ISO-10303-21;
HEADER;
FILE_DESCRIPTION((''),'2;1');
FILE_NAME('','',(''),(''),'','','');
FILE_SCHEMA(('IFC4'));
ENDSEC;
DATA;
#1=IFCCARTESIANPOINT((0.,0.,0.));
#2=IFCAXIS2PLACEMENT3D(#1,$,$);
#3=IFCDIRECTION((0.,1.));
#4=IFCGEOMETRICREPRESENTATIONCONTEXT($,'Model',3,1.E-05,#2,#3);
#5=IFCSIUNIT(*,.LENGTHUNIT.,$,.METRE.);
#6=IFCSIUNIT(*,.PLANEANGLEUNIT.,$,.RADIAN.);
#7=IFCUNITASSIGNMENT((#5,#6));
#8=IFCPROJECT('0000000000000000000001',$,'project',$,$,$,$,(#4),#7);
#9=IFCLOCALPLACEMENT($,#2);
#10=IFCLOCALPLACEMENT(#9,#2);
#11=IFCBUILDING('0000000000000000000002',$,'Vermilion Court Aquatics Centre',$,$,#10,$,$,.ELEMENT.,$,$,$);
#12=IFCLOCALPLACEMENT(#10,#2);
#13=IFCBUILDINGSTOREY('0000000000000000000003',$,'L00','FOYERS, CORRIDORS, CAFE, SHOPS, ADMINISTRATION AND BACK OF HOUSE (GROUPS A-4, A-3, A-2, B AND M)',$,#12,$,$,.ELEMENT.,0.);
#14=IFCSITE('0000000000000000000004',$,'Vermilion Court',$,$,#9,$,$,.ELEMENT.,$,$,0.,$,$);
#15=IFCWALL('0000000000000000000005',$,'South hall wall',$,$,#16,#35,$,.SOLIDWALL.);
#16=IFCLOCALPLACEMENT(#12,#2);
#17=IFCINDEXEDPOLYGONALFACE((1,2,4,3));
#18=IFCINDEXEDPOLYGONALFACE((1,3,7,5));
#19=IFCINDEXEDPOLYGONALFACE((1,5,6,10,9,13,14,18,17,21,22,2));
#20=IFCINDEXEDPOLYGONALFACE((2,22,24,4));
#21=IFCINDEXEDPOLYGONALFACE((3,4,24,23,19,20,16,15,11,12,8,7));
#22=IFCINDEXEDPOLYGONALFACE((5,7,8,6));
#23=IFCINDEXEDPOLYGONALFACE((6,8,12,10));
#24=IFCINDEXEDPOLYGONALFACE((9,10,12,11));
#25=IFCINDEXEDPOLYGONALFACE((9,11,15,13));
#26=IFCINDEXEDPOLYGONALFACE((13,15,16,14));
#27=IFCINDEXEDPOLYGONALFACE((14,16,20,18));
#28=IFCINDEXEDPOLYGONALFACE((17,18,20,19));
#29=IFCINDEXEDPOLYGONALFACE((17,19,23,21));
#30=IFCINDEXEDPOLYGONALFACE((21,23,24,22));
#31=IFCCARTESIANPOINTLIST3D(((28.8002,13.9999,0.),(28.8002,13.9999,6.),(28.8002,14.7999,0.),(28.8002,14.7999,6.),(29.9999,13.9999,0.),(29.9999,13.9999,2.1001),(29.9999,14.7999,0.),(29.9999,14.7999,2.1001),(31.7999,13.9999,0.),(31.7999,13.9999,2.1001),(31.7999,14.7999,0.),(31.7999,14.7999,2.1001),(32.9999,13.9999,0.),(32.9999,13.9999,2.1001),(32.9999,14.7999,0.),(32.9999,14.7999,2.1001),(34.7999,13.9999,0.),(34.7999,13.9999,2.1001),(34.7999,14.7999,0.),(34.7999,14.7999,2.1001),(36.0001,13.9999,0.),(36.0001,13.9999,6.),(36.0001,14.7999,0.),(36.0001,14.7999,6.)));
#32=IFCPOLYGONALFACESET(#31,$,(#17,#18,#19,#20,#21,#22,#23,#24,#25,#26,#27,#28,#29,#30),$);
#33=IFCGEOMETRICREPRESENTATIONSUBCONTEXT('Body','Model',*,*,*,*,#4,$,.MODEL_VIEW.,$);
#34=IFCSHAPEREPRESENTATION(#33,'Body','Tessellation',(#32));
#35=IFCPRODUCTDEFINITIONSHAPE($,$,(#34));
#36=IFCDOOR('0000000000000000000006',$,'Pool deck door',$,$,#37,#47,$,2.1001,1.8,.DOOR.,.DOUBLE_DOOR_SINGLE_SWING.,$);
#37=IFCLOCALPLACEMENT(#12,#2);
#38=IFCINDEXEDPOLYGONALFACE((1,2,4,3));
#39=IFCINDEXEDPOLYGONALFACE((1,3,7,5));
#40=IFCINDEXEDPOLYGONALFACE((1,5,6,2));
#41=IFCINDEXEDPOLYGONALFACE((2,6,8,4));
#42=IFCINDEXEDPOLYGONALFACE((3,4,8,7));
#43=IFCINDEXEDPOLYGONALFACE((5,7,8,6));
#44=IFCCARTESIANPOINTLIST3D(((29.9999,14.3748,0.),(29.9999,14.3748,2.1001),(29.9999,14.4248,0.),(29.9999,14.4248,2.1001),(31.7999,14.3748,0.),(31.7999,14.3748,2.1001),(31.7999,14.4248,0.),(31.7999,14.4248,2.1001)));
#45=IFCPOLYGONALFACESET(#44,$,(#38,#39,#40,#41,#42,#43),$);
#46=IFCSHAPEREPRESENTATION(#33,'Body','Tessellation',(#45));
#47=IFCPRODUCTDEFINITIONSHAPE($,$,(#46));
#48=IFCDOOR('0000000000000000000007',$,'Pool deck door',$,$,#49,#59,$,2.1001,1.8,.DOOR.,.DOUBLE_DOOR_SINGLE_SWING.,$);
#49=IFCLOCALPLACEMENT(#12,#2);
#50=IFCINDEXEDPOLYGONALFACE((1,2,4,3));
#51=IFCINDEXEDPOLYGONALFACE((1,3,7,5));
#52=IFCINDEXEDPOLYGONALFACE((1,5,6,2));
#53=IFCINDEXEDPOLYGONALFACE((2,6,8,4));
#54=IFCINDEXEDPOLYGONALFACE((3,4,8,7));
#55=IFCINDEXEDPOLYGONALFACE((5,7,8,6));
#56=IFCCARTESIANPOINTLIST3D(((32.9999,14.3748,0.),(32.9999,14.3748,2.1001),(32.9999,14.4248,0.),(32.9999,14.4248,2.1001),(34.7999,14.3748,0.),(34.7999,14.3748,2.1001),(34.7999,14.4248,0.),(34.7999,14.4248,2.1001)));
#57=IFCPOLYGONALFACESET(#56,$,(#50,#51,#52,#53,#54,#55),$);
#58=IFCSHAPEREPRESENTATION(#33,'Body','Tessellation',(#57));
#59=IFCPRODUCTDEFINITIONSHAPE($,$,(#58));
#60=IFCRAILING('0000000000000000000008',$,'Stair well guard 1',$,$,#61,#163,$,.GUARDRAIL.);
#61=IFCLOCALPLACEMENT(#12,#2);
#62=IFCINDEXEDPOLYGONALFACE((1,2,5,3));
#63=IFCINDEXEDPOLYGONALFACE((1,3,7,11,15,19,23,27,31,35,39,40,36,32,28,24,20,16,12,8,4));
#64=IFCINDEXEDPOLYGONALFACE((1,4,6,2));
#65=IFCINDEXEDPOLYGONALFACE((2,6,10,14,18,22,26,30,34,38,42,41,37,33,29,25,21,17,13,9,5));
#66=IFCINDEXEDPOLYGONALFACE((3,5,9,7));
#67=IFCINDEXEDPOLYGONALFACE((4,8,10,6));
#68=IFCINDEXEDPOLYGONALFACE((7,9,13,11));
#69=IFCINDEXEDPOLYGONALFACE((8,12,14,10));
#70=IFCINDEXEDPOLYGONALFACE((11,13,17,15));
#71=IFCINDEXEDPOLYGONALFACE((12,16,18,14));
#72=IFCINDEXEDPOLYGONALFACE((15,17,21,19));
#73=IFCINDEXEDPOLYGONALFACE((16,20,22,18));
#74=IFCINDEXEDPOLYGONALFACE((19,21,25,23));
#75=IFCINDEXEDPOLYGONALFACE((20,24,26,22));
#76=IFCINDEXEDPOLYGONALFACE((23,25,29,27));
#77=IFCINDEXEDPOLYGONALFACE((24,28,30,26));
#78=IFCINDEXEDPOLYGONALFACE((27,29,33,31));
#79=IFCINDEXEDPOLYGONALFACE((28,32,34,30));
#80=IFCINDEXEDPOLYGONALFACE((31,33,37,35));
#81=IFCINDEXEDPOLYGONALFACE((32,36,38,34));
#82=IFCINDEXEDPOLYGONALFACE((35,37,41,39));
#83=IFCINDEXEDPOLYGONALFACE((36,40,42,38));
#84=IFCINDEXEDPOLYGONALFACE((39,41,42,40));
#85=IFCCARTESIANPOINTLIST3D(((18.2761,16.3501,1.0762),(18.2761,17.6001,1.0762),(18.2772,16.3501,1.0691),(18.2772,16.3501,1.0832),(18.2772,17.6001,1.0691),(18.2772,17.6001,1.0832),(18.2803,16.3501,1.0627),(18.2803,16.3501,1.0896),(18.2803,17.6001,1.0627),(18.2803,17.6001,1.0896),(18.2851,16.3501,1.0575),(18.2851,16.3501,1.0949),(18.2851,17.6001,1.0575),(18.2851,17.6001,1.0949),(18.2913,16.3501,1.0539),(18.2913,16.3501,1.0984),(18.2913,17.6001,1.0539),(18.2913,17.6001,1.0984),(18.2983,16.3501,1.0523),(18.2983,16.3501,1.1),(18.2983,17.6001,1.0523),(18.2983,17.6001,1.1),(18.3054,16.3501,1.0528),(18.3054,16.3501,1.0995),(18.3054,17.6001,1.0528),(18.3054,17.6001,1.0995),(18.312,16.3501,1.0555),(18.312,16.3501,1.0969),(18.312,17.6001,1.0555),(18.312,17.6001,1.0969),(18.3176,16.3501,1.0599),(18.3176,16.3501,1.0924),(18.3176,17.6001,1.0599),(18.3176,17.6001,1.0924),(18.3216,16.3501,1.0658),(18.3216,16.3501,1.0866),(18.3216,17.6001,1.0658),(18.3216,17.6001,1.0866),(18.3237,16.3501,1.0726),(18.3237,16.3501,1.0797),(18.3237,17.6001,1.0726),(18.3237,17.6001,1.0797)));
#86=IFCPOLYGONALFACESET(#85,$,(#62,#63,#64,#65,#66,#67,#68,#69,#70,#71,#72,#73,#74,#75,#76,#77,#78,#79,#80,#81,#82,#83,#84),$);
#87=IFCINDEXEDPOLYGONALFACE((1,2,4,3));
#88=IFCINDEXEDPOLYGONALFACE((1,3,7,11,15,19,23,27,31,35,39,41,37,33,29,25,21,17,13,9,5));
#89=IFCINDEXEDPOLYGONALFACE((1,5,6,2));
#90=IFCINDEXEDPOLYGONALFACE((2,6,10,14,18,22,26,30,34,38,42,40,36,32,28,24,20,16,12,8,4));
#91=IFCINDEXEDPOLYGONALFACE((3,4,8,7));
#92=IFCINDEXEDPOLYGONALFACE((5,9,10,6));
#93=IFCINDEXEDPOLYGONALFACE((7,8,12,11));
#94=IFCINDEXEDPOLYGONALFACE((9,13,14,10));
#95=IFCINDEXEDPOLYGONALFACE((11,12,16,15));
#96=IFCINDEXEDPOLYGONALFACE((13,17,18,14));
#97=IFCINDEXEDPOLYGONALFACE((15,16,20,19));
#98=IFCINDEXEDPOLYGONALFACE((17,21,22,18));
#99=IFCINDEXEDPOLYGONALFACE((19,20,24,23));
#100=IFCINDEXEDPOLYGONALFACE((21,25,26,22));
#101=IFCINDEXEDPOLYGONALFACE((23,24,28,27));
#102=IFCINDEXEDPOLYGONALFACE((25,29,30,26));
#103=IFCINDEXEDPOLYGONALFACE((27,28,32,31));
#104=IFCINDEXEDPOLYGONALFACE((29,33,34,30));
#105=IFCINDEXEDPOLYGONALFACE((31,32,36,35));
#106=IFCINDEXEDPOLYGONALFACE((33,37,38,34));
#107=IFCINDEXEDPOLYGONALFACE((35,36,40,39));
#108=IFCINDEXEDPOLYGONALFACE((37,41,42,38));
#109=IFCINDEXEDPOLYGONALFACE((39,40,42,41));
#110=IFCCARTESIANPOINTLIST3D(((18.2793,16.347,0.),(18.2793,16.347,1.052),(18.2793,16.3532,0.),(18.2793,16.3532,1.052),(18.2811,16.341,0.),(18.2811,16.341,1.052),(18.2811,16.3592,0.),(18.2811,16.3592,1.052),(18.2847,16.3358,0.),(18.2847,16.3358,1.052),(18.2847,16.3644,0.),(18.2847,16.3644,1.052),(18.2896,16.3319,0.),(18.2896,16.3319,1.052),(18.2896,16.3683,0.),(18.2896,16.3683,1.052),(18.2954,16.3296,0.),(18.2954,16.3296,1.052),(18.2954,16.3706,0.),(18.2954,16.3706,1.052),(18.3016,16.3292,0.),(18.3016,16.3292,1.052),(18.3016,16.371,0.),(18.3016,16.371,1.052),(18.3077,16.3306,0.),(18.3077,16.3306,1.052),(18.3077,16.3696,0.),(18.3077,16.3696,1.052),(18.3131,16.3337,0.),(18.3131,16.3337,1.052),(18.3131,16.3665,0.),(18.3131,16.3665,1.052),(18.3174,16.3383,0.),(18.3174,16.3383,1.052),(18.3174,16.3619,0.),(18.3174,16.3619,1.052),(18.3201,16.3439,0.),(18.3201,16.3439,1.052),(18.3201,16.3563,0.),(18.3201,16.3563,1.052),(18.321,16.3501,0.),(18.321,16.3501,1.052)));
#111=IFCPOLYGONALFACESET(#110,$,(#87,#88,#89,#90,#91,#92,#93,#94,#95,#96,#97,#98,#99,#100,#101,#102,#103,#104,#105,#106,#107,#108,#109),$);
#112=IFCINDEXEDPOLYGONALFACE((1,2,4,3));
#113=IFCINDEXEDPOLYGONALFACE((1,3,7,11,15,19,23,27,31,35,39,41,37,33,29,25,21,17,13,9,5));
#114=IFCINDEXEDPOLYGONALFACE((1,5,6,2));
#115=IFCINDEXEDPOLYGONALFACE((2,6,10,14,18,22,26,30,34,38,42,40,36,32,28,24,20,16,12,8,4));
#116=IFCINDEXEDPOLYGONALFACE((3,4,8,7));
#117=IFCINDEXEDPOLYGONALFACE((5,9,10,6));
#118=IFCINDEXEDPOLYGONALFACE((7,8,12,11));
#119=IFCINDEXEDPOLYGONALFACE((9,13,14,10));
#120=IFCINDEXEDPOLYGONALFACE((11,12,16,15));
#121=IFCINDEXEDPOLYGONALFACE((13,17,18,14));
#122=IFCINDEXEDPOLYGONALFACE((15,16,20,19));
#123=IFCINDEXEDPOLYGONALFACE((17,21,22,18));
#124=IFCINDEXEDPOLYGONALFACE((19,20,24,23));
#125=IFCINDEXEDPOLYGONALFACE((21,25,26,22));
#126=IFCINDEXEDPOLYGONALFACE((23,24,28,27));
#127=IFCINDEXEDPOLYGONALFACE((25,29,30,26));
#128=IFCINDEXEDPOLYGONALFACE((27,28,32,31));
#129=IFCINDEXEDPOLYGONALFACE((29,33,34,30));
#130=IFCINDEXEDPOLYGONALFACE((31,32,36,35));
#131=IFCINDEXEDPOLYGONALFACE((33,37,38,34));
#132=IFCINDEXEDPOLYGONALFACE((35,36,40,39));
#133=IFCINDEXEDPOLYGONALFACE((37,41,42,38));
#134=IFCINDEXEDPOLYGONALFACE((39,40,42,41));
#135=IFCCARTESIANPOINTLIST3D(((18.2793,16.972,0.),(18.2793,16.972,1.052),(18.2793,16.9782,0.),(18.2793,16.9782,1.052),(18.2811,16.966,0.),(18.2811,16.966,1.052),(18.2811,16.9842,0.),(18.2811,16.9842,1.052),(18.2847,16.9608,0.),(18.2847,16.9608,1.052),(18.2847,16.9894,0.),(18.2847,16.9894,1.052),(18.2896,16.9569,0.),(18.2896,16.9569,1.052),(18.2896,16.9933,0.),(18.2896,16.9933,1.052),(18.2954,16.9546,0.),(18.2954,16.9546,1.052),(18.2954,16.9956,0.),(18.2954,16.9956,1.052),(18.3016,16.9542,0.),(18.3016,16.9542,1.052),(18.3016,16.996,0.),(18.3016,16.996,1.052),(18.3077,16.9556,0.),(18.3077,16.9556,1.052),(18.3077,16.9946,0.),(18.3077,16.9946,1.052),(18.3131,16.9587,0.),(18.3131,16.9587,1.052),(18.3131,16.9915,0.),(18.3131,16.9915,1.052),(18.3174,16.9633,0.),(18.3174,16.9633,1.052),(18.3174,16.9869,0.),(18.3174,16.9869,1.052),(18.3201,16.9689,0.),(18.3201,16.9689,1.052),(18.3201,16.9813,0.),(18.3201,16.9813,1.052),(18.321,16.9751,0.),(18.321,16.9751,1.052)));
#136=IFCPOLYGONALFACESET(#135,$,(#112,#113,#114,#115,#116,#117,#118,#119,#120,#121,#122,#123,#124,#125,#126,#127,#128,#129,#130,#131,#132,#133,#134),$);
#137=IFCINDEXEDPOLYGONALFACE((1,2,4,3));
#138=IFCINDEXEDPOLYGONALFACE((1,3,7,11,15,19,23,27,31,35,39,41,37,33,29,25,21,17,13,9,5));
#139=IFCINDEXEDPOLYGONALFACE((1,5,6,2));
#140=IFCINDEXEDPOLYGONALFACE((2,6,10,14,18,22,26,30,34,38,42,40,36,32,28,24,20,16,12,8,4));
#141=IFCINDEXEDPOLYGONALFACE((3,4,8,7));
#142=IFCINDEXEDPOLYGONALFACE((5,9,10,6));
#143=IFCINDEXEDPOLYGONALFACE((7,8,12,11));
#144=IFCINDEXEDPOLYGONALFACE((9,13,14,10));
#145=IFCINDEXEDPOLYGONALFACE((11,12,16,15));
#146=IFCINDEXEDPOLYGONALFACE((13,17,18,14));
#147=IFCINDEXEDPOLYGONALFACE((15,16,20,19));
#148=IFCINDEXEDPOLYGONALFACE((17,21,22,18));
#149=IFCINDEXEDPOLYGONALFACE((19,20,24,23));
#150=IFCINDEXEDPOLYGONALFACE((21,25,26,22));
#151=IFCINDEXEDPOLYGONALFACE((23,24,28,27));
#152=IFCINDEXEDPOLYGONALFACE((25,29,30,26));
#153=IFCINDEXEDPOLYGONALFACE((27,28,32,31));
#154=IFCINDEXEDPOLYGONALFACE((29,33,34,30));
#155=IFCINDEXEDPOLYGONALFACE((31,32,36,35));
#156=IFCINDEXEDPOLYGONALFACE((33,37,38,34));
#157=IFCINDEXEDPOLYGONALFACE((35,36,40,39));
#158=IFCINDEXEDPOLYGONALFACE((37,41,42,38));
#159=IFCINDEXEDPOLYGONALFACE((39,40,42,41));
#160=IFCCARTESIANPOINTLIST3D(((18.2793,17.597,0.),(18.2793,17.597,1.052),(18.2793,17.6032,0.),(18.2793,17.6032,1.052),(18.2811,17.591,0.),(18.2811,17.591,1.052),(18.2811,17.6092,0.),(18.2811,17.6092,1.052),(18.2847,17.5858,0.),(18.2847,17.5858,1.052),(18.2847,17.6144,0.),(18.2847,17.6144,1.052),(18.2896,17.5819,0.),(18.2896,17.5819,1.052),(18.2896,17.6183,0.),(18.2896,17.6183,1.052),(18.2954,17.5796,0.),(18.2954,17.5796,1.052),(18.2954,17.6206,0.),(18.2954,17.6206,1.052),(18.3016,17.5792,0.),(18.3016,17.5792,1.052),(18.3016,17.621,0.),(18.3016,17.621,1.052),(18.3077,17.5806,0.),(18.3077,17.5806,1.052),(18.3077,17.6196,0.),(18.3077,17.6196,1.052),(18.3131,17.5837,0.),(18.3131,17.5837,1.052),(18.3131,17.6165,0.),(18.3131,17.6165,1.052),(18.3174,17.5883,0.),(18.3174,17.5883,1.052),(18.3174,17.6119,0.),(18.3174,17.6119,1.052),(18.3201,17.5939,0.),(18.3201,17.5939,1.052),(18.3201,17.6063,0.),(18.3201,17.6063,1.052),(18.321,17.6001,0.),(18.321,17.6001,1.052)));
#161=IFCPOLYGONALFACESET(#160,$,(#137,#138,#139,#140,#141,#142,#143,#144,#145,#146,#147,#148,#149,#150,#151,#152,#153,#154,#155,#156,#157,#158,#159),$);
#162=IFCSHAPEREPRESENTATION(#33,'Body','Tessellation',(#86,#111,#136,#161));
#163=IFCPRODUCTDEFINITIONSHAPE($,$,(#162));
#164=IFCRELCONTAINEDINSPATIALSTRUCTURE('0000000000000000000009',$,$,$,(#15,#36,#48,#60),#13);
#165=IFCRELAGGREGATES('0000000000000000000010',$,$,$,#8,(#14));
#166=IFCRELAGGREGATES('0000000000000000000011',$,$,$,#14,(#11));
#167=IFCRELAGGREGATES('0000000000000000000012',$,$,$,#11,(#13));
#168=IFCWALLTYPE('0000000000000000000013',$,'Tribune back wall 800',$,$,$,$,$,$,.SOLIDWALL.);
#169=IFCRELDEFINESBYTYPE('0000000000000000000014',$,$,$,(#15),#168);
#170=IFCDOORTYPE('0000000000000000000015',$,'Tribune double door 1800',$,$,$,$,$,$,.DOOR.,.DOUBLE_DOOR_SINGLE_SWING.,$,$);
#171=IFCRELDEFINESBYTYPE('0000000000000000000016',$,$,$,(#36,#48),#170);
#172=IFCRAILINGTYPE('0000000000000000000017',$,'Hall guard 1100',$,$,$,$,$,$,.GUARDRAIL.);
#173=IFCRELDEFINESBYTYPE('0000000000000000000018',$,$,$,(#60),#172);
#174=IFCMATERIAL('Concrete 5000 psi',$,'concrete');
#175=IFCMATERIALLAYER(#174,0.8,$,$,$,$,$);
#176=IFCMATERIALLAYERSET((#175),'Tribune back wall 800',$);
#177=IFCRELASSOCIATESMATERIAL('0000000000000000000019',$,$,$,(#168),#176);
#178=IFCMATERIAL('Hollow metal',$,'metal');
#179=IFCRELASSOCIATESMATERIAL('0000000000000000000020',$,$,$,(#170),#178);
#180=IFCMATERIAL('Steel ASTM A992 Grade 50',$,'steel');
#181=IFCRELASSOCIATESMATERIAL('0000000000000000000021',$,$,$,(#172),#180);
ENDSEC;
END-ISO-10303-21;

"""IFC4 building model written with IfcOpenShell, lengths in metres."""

from ifc_helpers import new_model, si_unit, direction, frame, frame_2d, origin, origin_2d, place, context, subcontext, project, spatial, rectangle, circle, extrude, material, layer, layer_set, type_object, element, fill, save


model = new_model("IFC4")

# Units and contexts
model_context = context("Model", 3, precision=1e-05, world=origin(), true_north=direction((0.0, 1.0)))
body_context = subcontext(model_context, "Body", "Model", "MODEL_VIEW")
ifc_project = project(units=[si_unit("LENGTHUNIT", "METRE"), si_unit("PLANEANGLEUNIT", "RADIAN")], contexts=[model_context])

# Site, building, storey
site_placement = place(None, origin())
site = spatial("IfcSite", under=ifc_project, at=site_placement, Name="Vermilion Court", CompositionType="ELEMENT", RefElevation=0.0)
building_placement = place(site_placement, origin())
building = spatial("IfcBuilding", under=site, at=building_placement, Name="Vermilion Court Aquatics Centre", CompositionType="ELEMENT")
storey_placement = place(building_placement, origin())
storey = spatial("IfcBuildingStorey", under=building, at=storey_placement, Name="L00", Description="FOYERS, CORRIDORS, CAFE, SHOPS, ADMINISTRATION AND BACK OF HOUSE (GROUPS A-4, A-3, A-2, B AND M)", CompositionType="ELEMENT", Elevation=0.0)

# Wall, openings, doors
ifc_material_1 = material(Name="Concrete 5000 psi", Category="concrete")
ifc_layer_1 = layer(ifc_material_1, 0.8)
ifc_layer_set_1 = layer_set([ifc_layer_1], Name="Tribune back wall 800")
wall_type_1 = type_object("IfcWallType", Name="Tribune back wall 800", PredefinedType="SOLIDWALL", material=ifc_layer_set_1)
ifc_material_2 = material(Name="Hollow metal", Category="metal")
door_type_1 = type_object("IfcDoorType", Name="Tribune double door 1800", OperationType="DOUBLE_DOOR_SINGLE_SWING", PredefinedType="DOOR", material=ifc_material_2)
wall_1_placement = place(storey_placement, frame((28.8, 14.3999, 0.0), z_axis=(0.0, 0.0, 1.0), x_axis=(1.0, 0.0, 0.0)))
wall_1 = element("IfcWall", 1, at=wall_1_placement, inside=storey, type_object=wall_type_1, Name="South hall wall", PredefinedType="SOLIDWALL", context=body_context, shape_type="SweptSolid", body=[
    extrude(rectangle(XDim=7.2, YDim=0.8, at=frame_2d((3.6001, 0.0))), origin(), (0.0, 0.0, 1.0), 6.0),
])
opening_1_placement = place(wall_1_placement, frame((1.2, 0.0, 0.0)))
opening_1 = element("IfcOpeningElement", 2, at=opening_1_placement, cuts=wall_1, PredefinedType="OPENING", context=body_context, shape_type="SweptSolid", body=[
    extrude(rectangle(XDim=1.8, YDim=2.1001, at=frame_2d((0.8999, 1.05))), frame((0.0, 0.4099, 0.0), z_axis=(0.0, -1.0, 0.0), x_axis=(1.0, 0.0, 0.0)), (0.0, 0.0, 1.0), 0.8201),
])
opening_2_placement = place(wall_1_placement, frame((4.2, 0.0, 0.0)))
opening_2 = element("IfcOpeningElement", 3, at=opening_2_placement, cuts=wall_1, PredefinedType="OPENING", context=body_context, shape_type="SweptSolid", body=[
    extrude(rectangle(XDim=1.8, YDim=2.1001, at=frame_2d((0.8999, 1.05))), frame((0.0, 0.4099, 0.0), z_axis=(0.0, -1.0, 0.0), x_axis=(1.0, 0.0, 0.0)), (0.0, 0.0, 1.0), 0.8201),
])
door_1_placement = place(opening_1_placement, frame((1.8, 0.0, 0.0), z_axis=(0.0, 0.0, 1.0), x_axis=(-1.0, 0.0, 0.0)))
door_1 = element("IfcDoor", 4, at=door_1_placement, inside=storey, type_object=door_type_1, Name="Pool deck door", OperationType="DOUBLE_DOOR_SINGLE_SWING", OverallHeight=2.1001, OverallWidth=1.8, PredefinedType="DOOR", context=body_context, shape_type="SweptSolid", body=[
    extrude(rectangle(XDim=1.8, YDim=2.1001, at=frame_2d((0.9001, 1.05))), frame((0.0, 0.0251, 0.0), z_axis=(0.0, -1.0, 0.0), x_axis=(1.0, 0.0, 0.0)), (0.0, 0.0, 1.0), 0.05),
])
fill(opening_1, door_1)
door_2_placement = place(opening_2_placement, frame((1.8, 0.0, 0.0), z_axis=(0.0, 0.0, 1.0), x_axis=(-1.0, 0.0, 0.0)))
door_2 = element("IfcDoor", 5, at=door_2_placement, inside=storey, type_object=door_type_1, Name="Pool deck door", OperationType="DOUBLE_DOOR_SINGLE_SWING", OverallHeight=2.1001, OverallWidth=1.8, PredefinedType="DOOR", context=body_context, shape_type="SweptSolid", body=[
    extrude(rectangle(XDim=1.8, YDim=2.1001, at=frame_2d((0.9001, 1.05))), frame((0.0, 0.0251, 0.0), z_axis=(0.0, -1.0, 0.0), x_axis=(1.0, 0.0, 0.0)), (0.0, 0.0, 1.0), 0.05),
])
fill(opening_2, door_2)

# Railing
ifc_material_3 = material(Name="Steel ASTM A992 Grade 50", Category="steel")
railing_type = type_object("IfcRailingType", Name="Hall guard 1100", PredefinedType="GUARDRAIL", material=ifc_material_3)
railing_placement = place(storey_placement, frame((18.3, 16.3501, 0.0)))
element("IfcRailing", 6, at=railing_placement, inside=storey, type_object=railing_type, Name="Stair well guard 1", PredefinedType="GUARDRAIL", context=body_context, shape_type="SweptSolid", body=[
    extrude(circle(Radius=0.0239, at=origin_2d()), frame((0.0, 0.0, 1.0762), z_axis=(0.0, 1.0, 0.0), x_axis=(-1.0, 0.0, 0.0)), (0.0, 0.0, 1.0), 1.25),
    extrude(circle(Radius=0.021, at=origin_2d()), origin(), (0.0, 0.0, 1.0), 1.052),
    extrude(circle(Radius=0.021, at=origin_2d()), frame((0.0, 0.625, 0.0)), (0.0, 0.0, 1.0), 1.052),
    extrude(circle(Radius=0.021, at=origin_2d()), frame((0.0, 1.25, 0.0)), (0.0, 0.0, 1.0), 1.052),
])

save(model, "model.ifc")
